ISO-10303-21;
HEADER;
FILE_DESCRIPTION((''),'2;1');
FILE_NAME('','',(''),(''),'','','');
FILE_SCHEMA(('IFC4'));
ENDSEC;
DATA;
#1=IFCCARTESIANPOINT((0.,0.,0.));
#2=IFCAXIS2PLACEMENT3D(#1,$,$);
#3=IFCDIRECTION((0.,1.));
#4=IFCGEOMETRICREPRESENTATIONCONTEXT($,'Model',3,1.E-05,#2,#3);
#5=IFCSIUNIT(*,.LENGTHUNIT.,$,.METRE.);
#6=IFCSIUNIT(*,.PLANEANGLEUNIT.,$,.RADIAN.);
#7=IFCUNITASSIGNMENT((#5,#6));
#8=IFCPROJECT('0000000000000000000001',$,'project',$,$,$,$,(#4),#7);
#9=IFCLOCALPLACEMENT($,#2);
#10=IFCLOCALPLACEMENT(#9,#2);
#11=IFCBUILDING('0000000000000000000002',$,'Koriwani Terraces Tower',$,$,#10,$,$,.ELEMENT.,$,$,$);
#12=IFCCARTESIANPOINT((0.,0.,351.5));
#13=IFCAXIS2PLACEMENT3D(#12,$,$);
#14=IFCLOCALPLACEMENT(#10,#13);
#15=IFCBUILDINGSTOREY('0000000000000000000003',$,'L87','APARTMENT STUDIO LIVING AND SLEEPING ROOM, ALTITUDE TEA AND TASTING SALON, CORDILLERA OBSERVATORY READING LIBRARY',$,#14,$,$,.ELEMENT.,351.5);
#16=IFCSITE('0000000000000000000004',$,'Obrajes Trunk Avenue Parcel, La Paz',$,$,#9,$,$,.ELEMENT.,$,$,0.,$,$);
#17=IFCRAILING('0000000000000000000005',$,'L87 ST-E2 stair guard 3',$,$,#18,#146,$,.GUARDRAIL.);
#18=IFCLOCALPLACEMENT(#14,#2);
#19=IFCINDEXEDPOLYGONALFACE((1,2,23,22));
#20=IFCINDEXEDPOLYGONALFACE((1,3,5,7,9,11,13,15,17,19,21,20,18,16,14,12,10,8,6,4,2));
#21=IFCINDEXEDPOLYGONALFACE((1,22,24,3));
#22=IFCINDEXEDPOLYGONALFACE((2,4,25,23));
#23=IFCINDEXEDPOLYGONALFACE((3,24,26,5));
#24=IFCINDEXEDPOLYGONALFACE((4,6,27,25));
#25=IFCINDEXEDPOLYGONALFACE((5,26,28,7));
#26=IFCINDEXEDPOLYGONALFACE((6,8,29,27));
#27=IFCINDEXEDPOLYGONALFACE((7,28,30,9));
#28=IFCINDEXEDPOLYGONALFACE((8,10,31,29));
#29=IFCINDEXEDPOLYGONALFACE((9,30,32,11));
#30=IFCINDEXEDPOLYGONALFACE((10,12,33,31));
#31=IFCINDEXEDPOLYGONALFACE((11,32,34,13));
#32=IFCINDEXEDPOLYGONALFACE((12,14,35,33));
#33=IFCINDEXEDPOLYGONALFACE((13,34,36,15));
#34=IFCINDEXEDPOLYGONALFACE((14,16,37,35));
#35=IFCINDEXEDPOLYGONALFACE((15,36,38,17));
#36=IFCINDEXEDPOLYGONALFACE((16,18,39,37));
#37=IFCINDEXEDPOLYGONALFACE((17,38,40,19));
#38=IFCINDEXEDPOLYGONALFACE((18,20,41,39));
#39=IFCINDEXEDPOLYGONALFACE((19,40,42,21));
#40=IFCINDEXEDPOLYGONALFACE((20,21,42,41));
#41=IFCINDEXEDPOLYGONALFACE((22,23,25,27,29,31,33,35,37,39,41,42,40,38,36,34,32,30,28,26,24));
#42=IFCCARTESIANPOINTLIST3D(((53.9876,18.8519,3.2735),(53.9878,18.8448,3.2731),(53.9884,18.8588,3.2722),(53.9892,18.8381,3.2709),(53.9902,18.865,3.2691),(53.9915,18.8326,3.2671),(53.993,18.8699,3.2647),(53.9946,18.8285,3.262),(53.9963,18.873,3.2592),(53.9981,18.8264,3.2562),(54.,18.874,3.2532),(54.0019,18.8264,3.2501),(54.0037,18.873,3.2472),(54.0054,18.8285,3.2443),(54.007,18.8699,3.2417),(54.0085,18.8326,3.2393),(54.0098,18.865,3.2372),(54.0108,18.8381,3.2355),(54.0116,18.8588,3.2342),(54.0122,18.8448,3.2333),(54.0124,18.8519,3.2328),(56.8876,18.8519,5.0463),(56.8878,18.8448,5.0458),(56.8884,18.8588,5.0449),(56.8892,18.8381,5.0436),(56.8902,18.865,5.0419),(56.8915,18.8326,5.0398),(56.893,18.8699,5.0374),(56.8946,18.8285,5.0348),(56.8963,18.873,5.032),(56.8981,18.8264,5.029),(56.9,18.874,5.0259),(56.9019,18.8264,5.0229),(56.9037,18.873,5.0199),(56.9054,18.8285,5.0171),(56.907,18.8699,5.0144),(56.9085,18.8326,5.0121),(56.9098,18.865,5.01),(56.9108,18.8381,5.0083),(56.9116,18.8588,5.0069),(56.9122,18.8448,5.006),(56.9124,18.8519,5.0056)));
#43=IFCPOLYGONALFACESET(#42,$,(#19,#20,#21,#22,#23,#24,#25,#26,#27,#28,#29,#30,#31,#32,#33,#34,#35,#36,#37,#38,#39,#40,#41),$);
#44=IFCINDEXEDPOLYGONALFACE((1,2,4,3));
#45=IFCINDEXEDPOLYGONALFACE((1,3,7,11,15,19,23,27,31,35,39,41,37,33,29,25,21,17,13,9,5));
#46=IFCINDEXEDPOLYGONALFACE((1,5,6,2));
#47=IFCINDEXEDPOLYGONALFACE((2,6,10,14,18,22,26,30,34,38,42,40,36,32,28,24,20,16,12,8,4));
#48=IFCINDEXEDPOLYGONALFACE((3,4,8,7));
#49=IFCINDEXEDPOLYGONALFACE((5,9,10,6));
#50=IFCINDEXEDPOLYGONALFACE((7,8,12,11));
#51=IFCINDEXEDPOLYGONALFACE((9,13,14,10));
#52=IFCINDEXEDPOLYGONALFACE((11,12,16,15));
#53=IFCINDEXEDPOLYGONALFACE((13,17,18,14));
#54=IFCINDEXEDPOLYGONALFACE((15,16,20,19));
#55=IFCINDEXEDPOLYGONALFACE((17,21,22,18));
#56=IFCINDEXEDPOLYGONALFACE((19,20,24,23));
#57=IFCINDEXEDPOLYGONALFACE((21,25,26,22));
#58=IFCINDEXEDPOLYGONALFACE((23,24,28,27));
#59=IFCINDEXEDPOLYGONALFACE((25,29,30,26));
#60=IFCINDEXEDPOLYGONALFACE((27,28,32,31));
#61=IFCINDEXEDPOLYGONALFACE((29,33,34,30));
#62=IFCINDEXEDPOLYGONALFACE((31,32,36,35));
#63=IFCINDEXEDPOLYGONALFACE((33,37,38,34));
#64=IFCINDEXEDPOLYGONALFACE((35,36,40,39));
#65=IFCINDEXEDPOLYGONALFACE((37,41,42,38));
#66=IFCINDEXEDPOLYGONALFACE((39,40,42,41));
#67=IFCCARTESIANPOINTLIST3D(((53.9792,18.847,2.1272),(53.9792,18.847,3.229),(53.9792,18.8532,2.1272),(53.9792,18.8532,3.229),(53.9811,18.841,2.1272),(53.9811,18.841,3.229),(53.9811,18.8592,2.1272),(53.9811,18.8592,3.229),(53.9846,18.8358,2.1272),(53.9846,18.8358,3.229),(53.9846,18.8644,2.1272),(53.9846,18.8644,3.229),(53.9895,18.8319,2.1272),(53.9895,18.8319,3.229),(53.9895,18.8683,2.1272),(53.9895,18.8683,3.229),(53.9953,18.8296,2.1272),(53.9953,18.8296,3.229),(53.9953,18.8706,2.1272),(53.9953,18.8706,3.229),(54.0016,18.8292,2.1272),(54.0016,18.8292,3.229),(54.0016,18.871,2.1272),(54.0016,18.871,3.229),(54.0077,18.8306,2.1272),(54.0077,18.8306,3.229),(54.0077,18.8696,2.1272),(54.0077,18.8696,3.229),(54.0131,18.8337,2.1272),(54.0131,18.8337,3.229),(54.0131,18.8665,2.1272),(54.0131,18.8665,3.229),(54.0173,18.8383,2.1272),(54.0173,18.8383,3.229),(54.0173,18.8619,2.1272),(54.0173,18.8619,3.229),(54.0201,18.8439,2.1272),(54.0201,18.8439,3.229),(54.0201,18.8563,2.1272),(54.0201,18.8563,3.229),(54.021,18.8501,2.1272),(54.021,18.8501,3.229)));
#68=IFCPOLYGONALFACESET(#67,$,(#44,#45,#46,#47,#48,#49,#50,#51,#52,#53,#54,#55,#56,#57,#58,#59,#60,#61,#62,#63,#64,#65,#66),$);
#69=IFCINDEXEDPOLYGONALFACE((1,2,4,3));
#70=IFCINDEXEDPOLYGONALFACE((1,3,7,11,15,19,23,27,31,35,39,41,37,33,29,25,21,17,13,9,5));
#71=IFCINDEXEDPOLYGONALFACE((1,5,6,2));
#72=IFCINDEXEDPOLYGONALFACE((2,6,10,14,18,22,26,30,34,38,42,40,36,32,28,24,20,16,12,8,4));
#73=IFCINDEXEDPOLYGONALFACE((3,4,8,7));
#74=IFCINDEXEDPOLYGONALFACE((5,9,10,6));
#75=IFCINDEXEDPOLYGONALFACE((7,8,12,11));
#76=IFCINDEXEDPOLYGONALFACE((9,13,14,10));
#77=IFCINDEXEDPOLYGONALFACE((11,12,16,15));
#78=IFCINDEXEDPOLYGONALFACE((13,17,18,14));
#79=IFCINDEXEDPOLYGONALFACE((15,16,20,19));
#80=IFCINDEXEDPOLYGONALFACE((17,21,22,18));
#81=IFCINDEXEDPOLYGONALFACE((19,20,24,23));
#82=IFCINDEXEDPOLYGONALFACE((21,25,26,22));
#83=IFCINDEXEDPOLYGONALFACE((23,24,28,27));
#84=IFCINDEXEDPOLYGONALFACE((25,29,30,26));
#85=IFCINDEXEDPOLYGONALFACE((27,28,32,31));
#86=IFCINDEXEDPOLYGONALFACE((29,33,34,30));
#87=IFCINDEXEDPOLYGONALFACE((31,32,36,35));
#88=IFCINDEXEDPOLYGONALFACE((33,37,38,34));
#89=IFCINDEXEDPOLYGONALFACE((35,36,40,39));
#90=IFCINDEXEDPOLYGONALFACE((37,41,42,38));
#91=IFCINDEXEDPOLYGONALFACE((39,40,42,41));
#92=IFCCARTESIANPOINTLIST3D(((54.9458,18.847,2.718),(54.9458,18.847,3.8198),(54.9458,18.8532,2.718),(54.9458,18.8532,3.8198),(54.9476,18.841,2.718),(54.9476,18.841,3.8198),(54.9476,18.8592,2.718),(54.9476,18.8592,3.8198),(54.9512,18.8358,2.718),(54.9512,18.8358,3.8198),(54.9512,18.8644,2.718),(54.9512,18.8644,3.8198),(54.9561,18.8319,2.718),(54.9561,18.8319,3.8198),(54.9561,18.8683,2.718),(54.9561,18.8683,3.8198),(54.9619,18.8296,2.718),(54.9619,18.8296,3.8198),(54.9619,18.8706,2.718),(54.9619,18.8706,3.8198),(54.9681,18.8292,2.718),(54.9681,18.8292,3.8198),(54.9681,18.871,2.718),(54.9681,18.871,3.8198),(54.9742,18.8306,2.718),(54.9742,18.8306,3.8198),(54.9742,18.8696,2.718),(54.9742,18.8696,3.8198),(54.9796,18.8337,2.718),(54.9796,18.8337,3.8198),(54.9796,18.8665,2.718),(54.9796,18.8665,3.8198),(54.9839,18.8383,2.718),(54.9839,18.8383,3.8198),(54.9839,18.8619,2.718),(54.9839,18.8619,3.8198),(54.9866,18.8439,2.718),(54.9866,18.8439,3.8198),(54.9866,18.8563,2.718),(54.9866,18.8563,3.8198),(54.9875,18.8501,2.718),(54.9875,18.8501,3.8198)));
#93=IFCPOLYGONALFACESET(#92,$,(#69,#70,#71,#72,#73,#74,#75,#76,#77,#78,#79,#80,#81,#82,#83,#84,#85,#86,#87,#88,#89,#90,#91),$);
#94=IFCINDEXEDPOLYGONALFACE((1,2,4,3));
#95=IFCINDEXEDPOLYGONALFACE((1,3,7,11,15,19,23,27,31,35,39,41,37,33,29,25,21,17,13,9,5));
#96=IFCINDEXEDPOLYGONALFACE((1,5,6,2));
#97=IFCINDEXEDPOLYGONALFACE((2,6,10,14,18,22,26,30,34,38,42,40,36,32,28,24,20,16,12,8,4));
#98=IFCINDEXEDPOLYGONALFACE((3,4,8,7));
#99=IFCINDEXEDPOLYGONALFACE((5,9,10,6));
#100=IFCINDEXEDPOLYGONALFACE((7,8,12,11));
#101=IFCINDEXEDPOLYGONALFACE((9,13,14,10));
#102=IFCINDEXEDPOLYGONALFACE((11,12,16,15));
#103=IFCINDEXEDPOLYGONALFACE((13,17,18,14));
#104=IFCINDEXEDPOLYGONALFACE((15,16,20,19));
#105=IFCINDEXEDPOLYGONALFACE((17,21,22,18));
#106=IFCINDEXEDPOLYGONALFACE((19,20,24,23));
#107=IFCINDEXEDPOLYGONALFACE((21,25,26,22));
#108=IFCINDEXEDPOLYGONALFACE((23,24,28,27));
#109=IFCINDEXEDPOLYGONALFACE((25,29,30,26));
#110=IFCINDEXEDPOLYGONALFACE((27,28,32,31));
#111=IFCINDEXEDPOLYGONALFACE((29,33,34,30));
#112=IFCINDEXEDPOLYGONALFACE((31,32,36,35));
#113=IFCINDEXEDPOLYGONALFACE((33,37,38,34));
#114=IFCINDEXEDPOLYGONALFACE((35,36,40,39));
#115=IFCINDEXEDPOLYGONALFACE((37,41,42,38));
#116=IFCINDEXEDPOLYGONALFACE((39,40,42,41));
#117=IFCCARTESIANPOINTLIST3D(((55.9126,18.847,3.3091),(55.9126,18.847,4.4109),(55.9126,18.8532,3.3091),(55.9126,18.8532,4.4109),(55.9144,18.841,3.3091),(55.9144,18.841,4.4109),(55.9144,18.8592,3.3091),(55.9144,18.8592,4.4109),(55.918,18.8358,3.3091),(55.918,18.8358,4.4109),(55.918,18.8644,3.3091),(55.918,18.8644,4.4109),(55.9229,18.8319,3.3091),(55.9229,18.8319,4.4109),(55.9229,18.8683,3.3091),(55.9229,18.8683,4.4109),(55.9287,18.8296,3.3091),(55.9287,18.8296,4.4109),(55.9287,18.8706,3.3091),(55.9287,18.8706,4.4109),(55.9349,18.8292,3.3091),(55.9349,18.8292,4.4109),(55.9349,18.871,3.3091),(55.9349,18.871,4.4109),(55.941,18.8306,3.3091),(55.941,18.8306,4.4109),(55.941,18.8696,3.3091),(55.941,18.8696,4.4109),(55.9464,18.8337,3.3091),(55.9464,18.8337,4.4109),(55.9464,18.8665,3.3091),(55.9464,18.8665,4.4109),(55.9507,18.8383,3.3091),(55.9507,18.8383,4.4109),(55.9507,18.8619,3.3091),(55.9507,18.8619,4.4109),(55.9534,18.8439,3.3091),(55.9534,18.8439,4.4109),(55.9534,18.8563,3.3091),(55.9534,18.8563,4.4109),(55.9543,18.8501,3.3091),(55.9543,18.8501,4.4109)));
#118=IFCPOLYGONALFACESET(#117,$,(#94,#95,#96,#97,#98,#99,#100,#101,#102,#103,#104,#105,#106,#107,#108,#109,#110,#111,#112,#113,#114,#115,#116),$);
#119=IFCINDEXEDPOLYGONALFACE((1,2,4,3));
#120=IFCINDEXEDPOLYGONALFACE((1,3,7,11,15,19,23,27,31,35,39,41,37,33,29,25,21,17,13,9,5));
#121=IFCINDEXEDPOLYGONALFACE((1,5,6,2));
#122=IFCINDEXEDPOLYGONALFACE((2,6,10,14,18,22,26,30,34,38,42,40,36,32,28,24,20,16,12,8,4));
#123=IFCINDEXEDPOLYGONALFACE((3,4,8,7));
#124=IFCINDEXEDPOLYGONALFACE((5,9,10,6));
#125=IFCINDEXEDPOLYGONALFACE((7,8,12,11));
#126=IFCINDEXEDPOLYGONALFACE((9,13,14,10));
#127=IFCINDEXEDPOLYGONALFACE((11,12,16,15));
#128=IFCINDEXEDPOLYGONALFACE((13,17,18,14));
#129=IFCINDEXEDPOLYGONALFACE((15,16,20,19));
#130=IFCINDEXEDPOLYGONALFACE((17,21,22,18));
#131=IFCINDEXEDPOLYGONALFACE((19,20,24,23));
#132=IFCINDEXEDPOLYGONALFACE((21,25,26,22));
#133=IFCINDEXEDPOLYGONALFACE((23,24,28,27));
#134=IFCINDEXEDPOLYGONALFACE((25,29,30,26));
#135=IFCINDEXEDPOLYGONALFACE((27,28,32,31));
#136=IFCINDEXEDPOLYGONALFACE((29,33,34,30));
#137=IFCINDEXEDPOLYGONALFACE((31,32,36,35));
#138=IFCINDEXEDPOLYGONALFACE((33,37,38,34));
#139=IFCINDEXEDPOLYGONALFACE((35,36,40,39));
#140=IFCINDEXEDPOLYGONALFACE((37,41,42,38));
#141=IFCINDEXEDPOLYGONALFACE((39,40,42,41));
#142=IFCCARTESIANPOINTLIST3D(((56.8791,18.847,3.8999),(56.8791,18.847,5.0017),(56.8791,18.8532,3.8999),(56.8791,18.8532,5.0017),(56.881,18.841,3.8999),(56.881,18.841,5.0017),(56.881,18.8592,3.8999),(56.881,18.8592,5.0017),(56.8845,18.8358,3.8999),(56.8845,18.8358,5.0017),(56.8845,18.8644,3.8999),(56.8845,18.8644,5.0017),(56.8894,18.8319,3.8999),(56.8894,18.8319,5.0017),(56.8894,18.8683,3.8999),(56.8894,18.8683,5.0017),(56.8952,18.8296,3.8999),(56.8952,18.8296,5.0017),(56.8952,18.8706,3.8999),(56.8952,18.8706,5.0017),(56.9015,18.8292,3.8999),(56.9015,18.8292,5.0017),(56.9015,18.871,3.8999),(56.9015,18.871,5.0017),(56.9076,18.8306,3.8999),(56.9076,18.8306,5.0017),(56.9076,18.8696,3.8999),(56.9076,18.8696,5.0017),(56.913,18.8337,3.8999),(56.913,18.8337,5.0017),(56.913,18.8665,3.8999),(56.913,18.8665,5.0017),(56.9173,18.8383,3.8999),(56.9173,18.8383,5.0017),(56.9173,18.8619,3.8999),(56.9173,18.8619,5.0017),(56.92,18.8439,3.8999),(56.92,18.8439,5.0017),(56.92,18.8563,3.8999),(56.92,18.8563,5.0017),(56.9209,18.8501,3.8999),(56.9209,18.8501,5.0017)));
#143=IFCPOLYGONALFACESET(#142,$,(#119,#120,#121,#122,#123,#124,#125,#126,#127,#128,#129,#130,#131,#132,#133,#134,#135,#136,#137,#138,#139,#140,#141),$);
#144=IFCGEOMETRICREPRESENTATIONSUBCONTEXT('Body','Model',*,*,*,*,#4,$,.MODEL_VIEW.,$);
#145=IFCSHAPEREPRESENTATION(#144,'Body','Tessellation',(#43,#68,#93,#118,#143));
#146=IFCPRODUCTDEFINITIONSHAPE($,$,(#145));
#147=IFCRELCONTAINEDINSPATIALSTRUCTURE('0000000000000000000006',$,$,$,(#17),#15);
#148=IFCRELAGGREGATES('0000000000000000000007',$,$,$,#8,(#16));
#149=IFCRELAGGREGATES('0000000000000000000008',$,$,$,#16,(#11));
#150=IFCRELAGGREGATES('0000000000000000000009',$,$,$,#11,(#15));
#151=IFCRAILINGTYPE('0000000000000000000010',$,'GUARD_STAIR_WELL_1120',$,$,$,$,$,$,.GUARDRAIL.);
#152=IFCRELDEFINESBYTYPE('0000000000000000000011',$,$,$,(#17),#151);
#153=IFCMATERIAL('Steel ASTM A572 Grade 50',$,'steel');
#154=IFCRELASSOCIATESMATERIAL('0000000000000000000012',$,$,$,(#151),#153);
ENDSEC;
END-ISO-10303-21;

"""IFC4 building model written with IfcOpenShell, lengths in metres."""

from ifc_helpers import new_model, si_unit, direction, frame, origin, origin_2d, place, context, subcontext, project, spatial, circle, extrude, material, type_object, element, save


model = new_model("IFC4")

# Units and contexts
model_context = context("Model", 3, precision=1e-05, world=origin(), true_north=direction((0.0, 1.0)))
body_context = subcontext(model_context, "Body", "Model", "MODEL_VIEW")
ifc_project = project(units=[si_unit("LENGTHUNIT", "METRE"), si_unit("PLANEANGLEUNIT", "RADIAN")], contexts=[model_context])

# Site, building, storey
site_placement = place(None, origin())
site = spatial("IfcSite", under=ifc_project, at=site_placement, Name="Obrajes Trunk Avenue Parcel, La Paz", CompositionType="ELEMENT", RefElevation=0.0)
building_placement = place(site_placement, origin())
building = spatial("IfcBuilding", under=site, at=building_placement, Name="Koriwani Terraces Tower", CompositionType="ELEMENT")
storey_placement = place(building_placement, frame((0.0, 0.0, 351.5)))
storey = spatial("IfcBuildingStorey", under=building, at=storey_placement, Name="L87", Description="APARTMENT STUDIO LIVING AND SLEEPING ROOM, ALTITUDE TEA AND TASTING SALON, CORDILLERA OBSERVATORY READING LIBRARY", CompositionType="ELEMENT", Elevation=351.5)

# Shared definitions
ifc_material_1 = material(Name="Steel ASTM A572 Grade 50", Category="steel")

# Railing
railing_type_1 = type_object("IfcRailingType", Name="GUARD_STAIR_WELL_1120", PredefinedType="GUARDRAIL", material=ifc_material_1)
railing_1_placement = place(storey_placement, frame((54.0, 18.8501, 2.1272)))
element("IfcRailing", 1, at=railing_1_placement, inside=storey, type_object=railing_type_1, Name="L87 ST-E2 stair guard 3", PredefinedType="GUARDRAIL", context=body_context, shape_type="SweptSolid", body=[
    extrude(circle(Radius=0.0239, at=origin_2d()), frame((0.0, 0.0, 1.126), z_axis=(0.853211, 0.0, 0.521566), x_axis=(0.0, 1.0, 0.0)), (0.0, 0.0, 1.0), 3.3989),
    extrude(circle(Radius=0.021, at=origin_2d()), origin(), (0.0, 0.0, 1.0), 1.1018),
    extrude(circle(Radius=0.021, at=origin_2d()), frame((0.9666, 0.0, 0.5908)), (0.0, 0.0, 1.0), 1.1018),
    extrude(circle(Radius=0.021, at=origin_2d()), frame((1.9333, 0.0, 1.1819)), (0.0, 0.0, 1.0), 1.1018),
    extrude(circle(Radius=0.021, at=origin_2d()), frame((2.8999, 0.0, 1.7727)), (0.0, 0.0, 1.0), 1.1018),
])

save(model, "model.ifc")
